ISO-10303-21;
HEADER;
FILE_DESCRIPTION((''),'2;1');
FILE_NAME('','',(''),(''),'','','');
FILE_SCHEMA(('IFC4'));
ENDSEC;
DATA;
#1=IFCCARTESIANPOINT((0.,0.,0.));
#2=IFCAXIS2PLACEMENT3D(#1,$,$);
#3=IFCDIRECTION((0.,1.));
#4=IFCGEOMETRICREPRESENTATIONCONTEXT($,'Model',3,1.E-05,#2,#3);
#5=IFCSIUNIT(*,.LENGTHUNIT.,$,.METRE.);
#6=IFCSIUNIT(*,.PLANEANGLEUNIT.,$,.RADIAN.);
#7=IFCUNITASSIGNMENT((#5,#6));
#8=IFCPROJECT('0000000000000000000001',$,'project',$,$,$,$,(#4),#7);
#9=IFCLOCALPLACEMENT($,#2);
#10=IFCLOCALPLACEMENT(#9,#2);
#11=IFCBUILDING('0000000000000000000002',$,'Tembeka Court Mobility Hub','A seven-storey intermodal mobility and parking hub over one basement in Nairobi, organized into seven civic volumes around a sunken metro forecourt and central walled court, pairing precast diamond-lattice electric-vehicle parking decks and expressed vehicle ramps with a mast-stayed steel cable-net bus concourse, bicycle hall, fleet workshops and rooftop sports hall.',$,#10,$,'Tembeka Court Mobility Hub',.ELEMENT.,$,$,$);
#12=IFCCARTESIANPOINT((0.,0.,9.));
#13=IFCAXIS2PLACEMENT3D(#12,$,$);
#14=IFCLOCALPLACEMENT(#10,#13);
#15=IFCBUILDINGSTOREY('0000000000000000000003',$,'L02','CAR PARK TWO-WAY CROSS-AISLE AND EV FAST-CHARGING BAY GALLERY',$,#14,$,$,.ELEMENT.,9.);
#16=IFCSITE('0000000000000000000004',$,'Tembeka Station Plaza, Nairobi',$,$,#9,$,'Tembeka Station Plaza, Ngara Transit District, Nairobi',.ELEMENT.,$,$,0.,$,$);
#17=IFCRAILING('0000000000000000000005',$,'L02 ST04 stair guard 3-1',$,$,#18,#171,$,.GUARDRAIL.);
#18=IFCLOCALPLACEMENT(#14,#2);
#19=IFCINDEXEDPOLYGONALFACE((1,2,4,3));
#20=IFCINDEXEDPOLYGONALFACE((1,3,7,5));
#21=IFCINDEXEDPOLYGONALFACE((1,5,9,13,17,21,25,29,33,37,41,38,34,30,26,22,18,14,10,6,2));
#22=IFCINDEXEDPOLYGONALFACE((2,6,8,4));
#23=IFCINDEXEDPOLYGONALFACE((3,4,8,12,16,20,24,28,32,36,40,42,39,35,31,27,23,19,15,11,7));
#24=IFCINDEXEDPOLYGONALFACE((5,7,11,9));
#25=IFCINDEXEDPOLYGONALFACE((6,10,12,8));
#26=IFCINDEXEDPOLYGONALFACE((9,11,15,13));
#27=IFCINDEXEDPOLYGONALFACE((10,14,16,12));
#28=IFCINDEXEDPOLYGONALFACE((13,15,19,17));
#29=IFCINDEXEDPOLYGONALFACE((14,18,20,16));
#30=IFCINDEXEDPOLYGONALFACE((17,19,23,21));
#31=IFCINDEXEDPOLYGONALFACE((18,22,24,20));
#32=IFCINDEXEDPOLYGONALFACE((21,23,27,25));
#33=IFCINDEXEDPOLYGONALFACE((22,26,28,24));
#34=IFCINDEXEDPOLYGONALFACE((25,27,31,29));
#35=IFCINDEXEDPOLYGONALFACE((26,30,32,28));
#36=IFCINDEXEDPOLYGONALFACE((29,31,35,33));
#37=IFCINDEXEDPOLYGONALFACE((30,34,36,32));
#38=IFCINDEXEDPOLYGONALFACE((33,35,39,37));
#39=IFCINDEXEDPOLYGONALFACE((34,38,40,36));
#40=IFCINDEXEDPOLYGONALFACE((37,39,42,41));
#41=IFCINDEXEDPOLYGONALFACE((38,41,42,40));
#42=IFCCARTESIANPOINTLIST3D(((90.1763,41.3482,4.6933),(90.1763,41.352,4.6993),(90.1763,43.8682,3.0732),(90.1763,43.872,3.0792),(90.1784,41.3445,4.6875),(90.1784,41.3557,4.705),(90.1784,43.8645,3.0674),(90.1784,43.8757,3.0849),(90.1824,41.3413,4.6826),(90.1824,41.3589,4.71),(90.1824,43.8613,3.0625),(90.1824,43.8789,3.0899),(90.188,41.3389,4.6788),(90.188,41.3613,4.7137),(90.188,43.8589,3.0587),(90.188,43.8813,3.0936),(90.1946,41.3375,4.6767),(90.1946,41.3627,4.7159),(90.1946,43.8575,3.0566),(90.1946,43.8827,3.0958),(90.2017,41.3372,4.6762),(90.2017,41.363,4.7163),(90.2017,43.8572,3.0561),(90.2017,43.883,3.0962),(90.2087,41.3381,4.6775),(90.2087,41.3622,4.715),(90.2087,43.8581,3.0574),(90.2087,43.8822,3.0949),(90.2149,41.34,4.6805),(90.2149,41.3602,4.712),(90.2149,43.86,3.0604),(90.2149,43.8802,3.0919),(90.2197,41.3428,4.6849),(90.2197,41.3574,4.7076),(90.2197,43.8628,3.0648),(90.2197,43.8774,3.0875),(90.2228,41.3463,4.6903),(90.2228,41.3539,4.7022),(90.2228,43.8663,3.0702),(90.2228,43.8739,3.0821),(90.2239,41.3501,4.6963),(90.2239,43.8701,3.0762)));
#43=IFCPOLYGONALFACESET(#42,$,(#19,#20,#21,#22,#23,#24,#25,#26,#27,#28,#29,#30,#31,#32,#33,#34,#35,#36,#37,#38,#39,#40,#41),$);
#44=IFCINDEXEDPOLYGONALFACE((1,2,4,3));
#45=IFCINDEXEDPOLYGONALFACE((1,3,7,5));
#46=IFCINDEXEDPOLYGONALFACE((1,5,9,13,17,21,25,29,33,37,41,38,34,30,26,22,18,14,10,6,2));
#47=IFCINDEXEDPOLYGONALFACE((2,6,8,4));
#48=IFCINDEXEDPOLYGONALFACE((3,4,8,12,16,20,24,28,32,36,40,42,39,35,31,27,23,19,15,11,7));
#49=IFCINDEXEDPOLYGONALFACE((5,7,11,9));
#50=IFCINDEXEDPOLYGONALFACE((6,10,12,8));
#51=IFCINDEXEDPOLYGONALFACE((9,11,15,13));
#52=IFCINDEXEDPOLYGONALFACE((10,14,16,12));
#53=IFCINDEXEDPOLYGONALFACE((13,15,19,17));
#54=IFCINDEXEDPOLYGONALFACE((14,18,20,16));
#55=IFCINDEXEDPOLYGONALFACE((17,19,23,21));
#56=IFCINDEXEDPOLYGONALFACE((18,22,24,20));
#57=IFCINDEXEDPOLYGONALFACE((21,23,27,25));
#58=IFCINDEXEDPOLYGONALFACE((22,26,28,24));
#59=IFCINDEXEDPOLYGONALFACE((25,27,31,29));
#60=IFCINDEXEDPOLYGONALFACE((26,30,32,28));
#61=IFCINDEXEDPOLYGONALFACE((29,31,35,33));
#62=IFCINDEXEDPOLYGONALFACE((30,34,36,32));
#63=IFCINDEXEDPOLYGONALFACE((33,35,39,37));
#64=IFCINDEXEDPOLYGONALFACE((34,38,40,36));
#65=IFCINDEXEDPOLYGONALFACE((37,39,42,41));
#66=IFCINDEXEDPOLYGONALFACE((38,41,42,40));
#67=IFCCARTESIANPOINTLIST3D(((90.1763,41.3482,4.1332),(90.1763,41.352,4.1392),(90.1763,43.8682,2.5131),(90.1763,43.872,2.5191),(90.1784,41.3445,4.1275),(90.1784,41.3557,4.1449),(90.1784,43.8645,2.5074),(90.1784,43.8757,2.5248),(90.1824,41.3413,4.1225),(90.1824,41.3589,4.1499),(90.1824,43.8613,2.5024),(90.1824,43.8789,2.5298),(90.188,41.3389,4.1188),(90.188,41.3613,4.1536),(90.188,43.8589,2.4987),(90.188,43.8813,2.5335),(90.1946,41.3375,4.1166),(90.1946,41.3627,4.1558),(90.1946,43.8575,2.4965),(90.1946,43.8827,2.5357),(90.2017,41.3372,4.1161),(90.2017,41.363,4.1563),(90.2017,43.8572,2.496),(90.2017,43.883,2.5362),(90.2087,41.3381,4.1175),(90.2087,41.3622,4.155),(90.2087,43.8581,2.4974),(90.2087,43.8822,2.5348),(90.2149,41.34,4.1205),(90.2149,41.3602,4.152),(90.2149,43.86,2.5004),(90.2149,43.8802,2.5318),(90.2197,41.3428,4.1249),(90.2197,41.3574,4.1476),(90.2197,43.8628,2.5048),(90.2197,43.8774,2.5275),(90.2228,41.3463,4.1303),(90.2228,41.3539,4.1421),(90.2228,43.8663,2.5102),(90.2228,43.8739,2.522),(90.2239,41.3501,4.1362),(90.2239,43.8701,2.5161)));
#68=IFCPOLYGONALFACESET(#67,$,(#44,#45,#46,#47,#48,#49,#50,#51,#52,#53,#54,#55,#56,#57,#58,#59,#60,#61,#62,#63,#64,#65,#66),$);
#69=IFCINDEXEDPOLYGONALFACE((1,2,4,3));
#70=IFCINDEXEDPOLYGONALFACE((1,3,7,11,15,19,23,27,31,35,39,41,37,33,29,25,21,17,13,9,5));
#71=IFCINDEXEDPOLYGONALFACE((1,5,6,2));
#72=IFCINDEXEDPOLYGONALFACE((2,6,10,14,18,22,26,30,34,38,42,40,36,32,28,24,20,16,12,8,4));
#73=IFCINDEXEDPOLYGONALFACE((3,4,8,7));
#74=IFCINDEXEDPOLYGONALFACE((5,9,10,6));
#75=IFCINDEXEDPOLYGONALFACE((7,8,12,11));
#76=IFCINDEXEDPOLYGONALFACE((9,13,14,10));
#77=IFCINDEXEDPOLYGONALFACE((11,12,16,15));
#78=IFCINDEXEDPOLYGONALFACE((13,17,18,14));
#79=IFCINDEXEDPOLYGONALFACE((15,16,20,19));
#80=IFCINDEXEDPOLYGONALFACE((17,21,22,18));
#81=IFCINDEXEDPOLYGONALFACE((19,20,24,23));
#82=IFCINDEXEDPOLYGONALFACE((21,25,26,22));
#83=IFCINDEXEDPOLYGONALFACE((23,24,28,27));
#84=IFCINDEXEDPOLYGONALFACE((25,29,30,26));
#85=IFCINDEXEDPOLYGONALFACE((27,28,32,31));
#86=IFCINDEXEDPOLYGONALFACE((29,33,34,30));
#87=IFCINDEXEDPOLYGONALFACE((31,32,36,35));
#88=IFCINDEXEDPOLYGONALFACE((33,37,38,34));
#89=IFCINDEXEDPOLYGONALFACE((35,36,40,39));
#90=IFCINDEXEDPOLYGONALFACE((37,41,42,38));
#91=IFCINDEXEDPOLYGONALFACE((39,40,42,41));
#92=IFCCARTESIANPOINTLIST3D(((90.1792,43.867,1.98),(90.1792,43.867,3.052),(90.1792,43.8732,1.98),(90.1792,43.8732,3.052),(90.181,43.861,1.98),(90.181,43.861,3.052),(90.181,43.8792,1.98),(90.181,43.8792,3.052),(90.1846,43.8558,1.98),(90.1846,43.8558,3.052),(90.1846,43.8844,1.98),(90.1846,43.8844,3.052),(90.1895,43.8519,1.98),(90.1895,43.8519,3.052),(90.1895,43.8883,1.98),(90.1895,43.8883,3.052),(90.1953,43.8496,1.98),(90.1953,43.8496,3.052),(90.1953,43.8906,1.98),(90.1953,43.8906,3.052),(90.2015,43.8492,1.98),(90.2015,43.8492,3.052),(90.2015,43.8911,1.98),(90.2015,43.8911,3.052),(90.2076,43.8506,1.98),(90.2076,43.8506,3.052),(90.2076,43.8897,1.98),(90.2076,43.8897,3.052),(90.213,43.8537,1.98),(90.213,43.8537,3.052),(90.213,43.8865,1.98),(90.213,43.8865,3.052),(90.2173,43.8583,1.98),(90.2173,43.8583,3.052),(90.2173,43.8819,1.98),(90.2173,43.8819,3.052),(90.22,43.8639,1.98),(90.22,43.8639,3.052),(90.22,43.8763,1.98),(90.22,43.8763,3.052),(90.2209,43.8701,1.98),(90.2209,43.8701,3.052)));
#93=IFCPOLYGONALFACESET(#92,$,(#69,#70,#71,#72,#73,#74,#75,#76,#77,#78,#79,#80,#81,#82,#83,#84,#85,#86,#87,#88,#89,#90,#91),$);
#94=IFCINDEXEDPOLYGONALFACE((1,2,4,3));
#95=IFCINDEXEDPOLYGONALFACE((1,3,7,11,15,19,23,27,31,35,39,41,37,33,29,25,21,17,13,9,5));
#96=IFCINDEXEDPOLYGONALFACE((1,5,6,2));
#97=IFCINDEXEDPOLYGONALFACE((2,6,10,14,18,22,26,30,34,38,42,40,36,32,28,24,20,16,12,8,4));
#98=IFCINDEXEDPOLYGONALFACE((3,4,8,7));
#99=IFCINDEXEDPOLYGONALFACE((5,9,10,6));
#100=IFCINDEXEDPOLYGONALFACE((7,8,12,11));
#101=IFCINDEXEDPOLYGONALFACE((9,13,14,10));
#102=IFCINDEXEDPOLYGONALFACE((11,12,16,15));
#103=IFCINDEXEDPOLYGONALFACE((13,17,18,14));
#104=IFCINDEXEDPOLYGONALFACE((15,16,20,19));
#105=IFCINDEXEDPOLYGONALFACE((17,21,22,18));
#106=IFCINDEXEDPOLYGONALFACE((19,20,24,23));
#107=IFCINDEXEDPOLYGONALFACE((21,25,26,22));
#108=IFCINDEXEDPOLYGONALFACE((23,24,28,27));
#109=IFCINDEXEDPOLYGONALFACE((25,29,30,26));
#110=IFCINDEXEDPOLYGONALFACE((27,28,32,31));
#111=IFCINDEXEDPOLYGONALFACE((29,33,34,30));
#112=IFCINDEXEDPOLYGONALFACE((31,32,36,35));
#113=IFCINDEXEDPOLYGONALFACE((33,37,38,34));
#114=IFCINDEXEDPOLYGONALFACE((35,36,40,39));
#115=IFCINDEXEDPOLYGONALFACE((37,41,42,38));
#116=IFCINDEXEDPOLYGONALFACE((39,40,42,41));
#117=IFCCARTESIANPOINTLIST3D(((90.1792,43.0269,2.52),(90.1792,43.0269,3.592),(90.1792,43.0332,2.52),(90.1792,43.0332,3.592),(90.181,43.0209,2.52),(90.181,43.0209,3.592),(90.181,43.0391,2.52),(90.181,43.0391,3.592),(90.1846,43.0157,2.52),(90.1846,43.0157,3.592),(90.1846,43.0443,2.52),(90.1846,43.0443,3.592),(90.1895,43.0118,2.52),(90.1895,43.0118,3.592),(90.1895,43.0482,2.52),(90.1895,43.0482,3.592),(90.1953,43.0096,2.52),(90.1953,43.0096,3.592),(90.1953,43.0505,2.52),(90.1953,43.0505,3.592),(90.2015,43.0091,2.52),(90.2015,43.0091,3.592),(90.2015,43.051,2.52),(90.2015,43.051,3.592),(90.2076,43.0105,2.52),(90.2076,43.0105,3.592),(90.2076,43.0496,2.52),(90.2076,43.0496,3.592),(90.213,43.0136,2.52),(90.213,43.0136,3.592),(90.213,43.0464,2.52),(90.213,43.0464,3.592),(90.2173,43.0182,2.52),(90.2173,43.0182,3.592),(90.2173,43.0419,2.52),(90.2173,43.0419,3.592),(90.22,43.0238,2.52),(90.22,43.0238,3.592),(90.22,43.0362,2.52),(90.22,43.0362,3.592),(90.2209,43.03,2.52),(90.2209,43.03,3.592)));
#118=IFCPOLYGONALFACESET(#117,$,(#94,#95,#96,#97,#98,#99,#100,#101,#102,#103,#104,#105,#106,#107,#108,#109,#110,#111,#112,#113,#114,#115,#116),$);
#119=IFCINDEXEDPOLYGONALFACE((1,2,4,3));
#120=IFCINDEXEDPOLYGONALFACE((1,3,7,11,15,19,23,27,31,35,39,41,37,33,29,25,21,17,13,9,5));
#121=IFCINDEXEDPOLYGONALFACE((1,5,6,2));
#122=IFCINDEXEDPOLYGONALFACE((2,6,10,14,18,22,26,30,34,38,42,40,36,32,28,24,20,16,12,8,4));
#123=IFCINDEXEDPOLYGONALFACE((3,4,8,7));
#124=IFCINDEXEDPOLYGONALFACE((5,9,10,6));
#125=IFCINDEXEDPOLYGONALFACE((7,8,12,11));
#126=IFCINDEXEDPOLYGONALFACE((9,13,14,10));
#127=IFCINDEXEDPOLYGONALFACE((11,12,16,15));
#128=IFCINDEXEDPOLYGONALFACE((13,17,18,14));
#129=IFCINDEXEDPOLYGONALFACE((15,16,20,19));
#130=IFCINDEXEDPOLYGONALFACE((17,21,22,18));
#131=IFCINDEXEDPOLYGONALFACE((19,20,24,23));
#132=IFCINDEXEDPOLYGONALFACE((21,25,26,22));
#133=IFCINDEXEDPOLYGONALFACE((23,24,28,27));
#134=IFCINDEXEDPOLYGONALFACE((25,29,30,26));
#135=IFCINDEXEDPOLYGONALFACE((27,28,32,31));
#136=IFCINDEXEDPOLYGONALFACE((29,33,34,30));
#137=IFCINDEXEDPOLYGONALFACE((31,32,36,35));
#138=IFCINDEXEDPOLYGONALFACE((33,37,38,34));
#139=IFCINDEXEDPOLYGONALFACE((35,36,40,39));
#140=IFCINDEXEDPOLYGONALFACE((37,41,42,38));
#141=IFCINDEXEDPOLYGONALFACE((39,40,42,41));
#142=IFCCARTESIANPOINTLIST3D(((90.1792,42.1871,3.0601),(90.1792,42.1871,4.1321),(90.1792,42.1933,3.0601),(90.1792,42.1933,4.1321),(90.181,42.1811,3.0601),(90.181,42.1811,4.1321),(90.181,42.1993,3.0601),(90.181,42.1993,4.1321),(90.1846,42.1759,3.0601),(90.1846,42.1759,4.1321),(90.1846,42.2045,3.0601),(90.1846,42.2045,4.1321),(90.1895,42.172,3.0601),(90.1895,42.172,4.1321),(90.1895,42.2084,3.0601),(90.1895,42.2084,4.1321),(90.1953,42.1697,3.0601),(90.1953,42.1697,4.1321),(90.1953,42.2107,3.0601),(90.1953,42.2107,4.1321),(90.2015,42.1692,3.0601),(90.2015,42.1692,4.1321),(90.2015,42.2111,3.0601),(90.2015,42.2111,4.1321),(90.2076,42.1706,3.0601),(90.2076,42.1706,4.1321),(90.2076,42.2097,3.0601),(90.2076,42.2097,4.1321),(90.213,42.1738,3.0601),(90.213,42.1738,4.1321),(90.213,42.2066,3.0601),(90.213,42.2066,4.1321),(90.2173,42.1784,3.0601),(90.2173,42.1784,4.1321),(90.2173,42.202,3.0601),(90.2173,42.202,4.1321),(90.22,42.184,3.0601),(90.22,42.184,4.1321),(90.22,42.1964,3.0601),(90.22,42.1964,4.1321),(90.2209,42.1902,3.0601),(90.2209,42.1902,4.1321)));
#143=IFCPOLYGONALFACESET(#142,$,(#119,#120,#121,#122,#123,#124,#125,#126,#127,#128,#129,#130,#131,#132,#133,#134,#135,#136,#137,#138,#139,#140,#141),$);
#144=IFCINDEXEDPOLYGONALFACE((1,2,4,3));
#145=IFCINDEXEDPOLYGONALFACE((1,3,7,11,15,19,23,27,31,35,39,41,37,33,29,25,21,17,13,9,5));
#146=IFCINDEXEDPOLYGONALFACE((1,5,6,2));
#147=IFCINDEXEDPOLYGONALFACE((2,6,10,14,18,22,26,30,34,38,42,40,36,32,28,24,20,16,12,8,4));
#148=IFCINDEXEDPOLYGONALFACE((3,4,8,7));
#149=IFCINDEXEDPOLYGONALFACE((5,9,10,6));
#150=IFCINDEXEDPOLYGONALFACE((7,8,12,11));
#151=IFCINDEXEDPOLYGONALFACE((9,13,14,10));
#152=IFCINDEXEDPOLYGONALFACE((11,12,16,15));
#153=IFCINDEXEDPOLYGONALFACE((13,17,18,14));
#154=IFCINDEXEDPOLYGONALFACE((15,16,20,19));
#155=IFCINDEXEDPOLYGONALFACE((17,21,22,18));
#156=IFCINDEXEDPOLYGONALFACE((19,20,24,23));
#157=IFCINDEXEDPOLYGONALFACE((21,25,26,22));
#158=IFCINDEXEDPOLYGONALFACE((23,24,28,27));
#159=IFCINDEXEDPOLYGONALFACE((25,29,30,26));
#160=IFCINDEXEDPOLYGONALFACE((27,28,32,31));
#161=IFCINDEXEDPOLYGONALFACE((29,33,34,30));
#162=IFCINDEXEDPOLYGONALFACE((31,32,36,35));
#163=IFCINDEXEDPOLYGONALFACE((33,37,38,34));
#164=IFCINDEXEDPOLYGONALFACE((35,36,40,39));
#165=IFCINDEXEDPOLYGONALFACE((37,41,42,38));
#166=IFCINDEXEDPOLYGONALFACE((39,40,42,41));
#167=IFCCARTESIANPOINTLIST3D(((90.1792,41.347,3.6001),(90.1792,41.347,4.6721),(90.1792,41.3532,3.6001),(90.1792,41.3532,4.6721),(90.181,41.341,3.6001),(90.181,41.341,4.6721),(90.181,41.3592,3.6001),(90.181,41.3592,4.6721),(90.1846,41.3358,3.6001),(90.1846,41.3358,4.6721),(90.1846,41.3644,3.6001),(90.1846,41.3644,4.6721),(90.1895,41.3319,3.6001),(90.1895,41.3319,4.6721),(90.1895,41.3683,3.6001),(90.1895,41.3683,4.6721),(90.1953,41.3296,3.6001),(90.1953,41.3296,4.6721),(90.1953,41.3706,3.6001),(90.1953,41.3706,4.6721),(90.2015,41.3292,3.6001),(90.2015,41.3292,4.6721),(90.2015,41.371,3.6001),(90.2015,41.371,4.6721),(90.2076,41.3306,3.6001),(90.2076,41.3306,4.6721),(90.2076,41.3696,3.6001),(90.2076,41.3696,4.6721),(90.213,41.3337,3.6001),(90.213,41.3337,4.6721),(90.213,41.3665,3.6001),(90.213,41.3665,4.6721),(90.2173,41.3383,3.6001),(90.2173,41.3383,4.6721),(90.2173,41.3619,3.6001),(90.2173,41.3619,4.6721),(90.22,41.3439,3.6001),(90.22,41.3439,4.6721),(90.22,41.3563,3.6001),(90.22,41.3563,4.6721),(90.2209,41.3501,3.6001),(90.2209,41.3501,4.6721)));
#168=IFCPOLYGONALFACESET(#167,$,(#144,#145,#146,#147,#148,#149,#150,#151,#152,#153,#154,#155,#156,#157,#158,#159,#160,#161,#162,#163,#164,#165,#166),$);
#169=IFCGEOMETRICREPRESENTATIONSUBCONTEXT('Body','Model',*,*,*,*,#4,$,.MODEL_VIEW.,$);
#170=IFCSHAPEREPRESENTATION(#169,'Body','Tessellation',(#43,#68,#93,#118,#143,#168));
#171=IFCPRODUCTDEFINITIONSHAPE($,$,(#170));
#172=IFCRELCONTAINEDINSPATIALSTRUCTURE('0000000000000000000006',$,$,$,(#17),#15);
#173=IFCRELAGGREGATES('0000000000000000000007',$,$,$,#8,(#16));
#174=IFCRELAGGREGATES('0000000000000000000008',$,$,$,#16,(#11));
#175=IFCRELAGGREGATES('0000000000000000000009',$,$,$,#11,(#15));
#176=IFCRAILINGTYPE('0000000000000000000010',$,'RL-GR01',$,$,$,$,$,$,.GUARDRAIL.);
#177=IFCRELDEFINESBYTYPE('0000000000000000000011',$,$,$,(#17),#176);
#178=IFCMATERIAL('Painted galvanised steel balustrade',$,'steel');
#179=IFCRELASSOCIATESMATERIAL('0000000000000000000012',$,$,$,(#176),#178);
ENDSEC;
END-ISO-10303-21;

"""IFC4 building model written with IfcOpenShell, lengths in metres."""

from ifc_helpers import new_model, si_unit, direction, frame, origin, origin_2d, place, context, subcontext, project, spatial, circle, extrude, material, type_object, element, save


model = new_model("IFC4")

# Units and contexts
model_context = context("Model", 3, precision=1e-05, world=origin(), true_north=direction((0.0, 1.0)))
body_context = subcontext(model_context, "Body", "Model", "MODEL_VIEW")
ifc_project = project(units=[si_unit("LENGTHUNIT", "METRE"), si_unit("PLANEANGLEUNIT", "RADIAN")], contexts=[model_context])

# Site, building, storey
site_placement = place(None, origin())
site = spatial("IfcSite", under=ifc_project, at=site_placement, Name="Tembeka Station Plaza, Nairobi", LongName="Tembeka Station Plaza, Ngara Transit District, Nairobi", CompositionType="ELEMENT", RefElevation=0.0)
building_placement = place(site_placement, origin())
building = spatial("IfcBuilding", under=site, at=building_placement, Name="Tembeka Court Mobility Hub", Description="A seven-storey intermodal mobility and parking hub over one basement in Nairobi, organized into seven civic volumes around a sunken metro forecourt and central walled court, pairing precast diamond-lattice electric-vehicle parking decks and expressed vehicle ramps with a mast-stayed steel cable-net bus concourse, bicycle hall, fleet workshops and rooftop sports hall.", LongName="Tembeka Court Mobility Hub", CompositionType="ELEMENT")
storey_placement = place(building_placement, frame((0.0, 0.0, 9.0)))
storey = spatial("IfcBuildingStorey", under=building, at=storey_placement, Name="L02", Description="CAR PARK TWO-WAY CROSS-AISLE AND EV FAST-CHARGING BAY GALLERY", CompositionType="ELEMENT", Elevation=9.0)

# Railing
ifc_material_1 = material(Name="Painted galvanised steel balustrade", Category="steel")
railing_type_1 = type_object("IfcRailingType", Name="RL-GR01", PredefinedType="GUARDRAIL", material=ifc_material_1)
railing_1_placement = place(storey_placement, frame((90.2, 43.8701, 1.98)))
element("IfcRailing", 1, at=railing_1_placement, inside=storey, type_object=railing_type_1, Name="L02 ST04 stair guard 3-1", PredefinedType="GUARDRAIL", context=body_context, shape_type="SweptSolid", body=[
    extrude(circle(Radius=0.0239, at=origin_2d()), frame((0.0, 0.0, 1.0962), z_axis=(0.0, -0.841163, 0.540782), x_axis=(1.0, 0.0, 0.0)), (0.0, 0.0, 1.0), 2.9958),
    extrude(circle(Radius=0.0239, at=origin_2d()), frame((0.0, 0.0, 0.5361), z_axis=(0.0, -0.841163, 0.540782), x_axis=(1.0, 0.0, 0.0)), (0.0, 0.0, 1.0), 2.9958),
    extrude(circle(Radius=0.021, at=origin_2d()), origin(), (0.0, 0.0, 1.0), 1.072),
    extrude(circle(Radius=0.021, at=origin_2d()), frame((0.0, -0.8401, 0.54)), (0.0, 0.0, 1.0), 1.072),
    extrude(circle(Radius=0.021, at=origin_2d()), frame((0.0, -1.6799, 1.0801)), (0.0, 0.0, 1.0), 1.072),
    extrude(circle(Radius=0.021, at=origin_2d()), frame((0.0, -2.52, 1.6201)), (0.0, 0.0, 1.0), 1.072),
])

save(model, "model.ifc")
